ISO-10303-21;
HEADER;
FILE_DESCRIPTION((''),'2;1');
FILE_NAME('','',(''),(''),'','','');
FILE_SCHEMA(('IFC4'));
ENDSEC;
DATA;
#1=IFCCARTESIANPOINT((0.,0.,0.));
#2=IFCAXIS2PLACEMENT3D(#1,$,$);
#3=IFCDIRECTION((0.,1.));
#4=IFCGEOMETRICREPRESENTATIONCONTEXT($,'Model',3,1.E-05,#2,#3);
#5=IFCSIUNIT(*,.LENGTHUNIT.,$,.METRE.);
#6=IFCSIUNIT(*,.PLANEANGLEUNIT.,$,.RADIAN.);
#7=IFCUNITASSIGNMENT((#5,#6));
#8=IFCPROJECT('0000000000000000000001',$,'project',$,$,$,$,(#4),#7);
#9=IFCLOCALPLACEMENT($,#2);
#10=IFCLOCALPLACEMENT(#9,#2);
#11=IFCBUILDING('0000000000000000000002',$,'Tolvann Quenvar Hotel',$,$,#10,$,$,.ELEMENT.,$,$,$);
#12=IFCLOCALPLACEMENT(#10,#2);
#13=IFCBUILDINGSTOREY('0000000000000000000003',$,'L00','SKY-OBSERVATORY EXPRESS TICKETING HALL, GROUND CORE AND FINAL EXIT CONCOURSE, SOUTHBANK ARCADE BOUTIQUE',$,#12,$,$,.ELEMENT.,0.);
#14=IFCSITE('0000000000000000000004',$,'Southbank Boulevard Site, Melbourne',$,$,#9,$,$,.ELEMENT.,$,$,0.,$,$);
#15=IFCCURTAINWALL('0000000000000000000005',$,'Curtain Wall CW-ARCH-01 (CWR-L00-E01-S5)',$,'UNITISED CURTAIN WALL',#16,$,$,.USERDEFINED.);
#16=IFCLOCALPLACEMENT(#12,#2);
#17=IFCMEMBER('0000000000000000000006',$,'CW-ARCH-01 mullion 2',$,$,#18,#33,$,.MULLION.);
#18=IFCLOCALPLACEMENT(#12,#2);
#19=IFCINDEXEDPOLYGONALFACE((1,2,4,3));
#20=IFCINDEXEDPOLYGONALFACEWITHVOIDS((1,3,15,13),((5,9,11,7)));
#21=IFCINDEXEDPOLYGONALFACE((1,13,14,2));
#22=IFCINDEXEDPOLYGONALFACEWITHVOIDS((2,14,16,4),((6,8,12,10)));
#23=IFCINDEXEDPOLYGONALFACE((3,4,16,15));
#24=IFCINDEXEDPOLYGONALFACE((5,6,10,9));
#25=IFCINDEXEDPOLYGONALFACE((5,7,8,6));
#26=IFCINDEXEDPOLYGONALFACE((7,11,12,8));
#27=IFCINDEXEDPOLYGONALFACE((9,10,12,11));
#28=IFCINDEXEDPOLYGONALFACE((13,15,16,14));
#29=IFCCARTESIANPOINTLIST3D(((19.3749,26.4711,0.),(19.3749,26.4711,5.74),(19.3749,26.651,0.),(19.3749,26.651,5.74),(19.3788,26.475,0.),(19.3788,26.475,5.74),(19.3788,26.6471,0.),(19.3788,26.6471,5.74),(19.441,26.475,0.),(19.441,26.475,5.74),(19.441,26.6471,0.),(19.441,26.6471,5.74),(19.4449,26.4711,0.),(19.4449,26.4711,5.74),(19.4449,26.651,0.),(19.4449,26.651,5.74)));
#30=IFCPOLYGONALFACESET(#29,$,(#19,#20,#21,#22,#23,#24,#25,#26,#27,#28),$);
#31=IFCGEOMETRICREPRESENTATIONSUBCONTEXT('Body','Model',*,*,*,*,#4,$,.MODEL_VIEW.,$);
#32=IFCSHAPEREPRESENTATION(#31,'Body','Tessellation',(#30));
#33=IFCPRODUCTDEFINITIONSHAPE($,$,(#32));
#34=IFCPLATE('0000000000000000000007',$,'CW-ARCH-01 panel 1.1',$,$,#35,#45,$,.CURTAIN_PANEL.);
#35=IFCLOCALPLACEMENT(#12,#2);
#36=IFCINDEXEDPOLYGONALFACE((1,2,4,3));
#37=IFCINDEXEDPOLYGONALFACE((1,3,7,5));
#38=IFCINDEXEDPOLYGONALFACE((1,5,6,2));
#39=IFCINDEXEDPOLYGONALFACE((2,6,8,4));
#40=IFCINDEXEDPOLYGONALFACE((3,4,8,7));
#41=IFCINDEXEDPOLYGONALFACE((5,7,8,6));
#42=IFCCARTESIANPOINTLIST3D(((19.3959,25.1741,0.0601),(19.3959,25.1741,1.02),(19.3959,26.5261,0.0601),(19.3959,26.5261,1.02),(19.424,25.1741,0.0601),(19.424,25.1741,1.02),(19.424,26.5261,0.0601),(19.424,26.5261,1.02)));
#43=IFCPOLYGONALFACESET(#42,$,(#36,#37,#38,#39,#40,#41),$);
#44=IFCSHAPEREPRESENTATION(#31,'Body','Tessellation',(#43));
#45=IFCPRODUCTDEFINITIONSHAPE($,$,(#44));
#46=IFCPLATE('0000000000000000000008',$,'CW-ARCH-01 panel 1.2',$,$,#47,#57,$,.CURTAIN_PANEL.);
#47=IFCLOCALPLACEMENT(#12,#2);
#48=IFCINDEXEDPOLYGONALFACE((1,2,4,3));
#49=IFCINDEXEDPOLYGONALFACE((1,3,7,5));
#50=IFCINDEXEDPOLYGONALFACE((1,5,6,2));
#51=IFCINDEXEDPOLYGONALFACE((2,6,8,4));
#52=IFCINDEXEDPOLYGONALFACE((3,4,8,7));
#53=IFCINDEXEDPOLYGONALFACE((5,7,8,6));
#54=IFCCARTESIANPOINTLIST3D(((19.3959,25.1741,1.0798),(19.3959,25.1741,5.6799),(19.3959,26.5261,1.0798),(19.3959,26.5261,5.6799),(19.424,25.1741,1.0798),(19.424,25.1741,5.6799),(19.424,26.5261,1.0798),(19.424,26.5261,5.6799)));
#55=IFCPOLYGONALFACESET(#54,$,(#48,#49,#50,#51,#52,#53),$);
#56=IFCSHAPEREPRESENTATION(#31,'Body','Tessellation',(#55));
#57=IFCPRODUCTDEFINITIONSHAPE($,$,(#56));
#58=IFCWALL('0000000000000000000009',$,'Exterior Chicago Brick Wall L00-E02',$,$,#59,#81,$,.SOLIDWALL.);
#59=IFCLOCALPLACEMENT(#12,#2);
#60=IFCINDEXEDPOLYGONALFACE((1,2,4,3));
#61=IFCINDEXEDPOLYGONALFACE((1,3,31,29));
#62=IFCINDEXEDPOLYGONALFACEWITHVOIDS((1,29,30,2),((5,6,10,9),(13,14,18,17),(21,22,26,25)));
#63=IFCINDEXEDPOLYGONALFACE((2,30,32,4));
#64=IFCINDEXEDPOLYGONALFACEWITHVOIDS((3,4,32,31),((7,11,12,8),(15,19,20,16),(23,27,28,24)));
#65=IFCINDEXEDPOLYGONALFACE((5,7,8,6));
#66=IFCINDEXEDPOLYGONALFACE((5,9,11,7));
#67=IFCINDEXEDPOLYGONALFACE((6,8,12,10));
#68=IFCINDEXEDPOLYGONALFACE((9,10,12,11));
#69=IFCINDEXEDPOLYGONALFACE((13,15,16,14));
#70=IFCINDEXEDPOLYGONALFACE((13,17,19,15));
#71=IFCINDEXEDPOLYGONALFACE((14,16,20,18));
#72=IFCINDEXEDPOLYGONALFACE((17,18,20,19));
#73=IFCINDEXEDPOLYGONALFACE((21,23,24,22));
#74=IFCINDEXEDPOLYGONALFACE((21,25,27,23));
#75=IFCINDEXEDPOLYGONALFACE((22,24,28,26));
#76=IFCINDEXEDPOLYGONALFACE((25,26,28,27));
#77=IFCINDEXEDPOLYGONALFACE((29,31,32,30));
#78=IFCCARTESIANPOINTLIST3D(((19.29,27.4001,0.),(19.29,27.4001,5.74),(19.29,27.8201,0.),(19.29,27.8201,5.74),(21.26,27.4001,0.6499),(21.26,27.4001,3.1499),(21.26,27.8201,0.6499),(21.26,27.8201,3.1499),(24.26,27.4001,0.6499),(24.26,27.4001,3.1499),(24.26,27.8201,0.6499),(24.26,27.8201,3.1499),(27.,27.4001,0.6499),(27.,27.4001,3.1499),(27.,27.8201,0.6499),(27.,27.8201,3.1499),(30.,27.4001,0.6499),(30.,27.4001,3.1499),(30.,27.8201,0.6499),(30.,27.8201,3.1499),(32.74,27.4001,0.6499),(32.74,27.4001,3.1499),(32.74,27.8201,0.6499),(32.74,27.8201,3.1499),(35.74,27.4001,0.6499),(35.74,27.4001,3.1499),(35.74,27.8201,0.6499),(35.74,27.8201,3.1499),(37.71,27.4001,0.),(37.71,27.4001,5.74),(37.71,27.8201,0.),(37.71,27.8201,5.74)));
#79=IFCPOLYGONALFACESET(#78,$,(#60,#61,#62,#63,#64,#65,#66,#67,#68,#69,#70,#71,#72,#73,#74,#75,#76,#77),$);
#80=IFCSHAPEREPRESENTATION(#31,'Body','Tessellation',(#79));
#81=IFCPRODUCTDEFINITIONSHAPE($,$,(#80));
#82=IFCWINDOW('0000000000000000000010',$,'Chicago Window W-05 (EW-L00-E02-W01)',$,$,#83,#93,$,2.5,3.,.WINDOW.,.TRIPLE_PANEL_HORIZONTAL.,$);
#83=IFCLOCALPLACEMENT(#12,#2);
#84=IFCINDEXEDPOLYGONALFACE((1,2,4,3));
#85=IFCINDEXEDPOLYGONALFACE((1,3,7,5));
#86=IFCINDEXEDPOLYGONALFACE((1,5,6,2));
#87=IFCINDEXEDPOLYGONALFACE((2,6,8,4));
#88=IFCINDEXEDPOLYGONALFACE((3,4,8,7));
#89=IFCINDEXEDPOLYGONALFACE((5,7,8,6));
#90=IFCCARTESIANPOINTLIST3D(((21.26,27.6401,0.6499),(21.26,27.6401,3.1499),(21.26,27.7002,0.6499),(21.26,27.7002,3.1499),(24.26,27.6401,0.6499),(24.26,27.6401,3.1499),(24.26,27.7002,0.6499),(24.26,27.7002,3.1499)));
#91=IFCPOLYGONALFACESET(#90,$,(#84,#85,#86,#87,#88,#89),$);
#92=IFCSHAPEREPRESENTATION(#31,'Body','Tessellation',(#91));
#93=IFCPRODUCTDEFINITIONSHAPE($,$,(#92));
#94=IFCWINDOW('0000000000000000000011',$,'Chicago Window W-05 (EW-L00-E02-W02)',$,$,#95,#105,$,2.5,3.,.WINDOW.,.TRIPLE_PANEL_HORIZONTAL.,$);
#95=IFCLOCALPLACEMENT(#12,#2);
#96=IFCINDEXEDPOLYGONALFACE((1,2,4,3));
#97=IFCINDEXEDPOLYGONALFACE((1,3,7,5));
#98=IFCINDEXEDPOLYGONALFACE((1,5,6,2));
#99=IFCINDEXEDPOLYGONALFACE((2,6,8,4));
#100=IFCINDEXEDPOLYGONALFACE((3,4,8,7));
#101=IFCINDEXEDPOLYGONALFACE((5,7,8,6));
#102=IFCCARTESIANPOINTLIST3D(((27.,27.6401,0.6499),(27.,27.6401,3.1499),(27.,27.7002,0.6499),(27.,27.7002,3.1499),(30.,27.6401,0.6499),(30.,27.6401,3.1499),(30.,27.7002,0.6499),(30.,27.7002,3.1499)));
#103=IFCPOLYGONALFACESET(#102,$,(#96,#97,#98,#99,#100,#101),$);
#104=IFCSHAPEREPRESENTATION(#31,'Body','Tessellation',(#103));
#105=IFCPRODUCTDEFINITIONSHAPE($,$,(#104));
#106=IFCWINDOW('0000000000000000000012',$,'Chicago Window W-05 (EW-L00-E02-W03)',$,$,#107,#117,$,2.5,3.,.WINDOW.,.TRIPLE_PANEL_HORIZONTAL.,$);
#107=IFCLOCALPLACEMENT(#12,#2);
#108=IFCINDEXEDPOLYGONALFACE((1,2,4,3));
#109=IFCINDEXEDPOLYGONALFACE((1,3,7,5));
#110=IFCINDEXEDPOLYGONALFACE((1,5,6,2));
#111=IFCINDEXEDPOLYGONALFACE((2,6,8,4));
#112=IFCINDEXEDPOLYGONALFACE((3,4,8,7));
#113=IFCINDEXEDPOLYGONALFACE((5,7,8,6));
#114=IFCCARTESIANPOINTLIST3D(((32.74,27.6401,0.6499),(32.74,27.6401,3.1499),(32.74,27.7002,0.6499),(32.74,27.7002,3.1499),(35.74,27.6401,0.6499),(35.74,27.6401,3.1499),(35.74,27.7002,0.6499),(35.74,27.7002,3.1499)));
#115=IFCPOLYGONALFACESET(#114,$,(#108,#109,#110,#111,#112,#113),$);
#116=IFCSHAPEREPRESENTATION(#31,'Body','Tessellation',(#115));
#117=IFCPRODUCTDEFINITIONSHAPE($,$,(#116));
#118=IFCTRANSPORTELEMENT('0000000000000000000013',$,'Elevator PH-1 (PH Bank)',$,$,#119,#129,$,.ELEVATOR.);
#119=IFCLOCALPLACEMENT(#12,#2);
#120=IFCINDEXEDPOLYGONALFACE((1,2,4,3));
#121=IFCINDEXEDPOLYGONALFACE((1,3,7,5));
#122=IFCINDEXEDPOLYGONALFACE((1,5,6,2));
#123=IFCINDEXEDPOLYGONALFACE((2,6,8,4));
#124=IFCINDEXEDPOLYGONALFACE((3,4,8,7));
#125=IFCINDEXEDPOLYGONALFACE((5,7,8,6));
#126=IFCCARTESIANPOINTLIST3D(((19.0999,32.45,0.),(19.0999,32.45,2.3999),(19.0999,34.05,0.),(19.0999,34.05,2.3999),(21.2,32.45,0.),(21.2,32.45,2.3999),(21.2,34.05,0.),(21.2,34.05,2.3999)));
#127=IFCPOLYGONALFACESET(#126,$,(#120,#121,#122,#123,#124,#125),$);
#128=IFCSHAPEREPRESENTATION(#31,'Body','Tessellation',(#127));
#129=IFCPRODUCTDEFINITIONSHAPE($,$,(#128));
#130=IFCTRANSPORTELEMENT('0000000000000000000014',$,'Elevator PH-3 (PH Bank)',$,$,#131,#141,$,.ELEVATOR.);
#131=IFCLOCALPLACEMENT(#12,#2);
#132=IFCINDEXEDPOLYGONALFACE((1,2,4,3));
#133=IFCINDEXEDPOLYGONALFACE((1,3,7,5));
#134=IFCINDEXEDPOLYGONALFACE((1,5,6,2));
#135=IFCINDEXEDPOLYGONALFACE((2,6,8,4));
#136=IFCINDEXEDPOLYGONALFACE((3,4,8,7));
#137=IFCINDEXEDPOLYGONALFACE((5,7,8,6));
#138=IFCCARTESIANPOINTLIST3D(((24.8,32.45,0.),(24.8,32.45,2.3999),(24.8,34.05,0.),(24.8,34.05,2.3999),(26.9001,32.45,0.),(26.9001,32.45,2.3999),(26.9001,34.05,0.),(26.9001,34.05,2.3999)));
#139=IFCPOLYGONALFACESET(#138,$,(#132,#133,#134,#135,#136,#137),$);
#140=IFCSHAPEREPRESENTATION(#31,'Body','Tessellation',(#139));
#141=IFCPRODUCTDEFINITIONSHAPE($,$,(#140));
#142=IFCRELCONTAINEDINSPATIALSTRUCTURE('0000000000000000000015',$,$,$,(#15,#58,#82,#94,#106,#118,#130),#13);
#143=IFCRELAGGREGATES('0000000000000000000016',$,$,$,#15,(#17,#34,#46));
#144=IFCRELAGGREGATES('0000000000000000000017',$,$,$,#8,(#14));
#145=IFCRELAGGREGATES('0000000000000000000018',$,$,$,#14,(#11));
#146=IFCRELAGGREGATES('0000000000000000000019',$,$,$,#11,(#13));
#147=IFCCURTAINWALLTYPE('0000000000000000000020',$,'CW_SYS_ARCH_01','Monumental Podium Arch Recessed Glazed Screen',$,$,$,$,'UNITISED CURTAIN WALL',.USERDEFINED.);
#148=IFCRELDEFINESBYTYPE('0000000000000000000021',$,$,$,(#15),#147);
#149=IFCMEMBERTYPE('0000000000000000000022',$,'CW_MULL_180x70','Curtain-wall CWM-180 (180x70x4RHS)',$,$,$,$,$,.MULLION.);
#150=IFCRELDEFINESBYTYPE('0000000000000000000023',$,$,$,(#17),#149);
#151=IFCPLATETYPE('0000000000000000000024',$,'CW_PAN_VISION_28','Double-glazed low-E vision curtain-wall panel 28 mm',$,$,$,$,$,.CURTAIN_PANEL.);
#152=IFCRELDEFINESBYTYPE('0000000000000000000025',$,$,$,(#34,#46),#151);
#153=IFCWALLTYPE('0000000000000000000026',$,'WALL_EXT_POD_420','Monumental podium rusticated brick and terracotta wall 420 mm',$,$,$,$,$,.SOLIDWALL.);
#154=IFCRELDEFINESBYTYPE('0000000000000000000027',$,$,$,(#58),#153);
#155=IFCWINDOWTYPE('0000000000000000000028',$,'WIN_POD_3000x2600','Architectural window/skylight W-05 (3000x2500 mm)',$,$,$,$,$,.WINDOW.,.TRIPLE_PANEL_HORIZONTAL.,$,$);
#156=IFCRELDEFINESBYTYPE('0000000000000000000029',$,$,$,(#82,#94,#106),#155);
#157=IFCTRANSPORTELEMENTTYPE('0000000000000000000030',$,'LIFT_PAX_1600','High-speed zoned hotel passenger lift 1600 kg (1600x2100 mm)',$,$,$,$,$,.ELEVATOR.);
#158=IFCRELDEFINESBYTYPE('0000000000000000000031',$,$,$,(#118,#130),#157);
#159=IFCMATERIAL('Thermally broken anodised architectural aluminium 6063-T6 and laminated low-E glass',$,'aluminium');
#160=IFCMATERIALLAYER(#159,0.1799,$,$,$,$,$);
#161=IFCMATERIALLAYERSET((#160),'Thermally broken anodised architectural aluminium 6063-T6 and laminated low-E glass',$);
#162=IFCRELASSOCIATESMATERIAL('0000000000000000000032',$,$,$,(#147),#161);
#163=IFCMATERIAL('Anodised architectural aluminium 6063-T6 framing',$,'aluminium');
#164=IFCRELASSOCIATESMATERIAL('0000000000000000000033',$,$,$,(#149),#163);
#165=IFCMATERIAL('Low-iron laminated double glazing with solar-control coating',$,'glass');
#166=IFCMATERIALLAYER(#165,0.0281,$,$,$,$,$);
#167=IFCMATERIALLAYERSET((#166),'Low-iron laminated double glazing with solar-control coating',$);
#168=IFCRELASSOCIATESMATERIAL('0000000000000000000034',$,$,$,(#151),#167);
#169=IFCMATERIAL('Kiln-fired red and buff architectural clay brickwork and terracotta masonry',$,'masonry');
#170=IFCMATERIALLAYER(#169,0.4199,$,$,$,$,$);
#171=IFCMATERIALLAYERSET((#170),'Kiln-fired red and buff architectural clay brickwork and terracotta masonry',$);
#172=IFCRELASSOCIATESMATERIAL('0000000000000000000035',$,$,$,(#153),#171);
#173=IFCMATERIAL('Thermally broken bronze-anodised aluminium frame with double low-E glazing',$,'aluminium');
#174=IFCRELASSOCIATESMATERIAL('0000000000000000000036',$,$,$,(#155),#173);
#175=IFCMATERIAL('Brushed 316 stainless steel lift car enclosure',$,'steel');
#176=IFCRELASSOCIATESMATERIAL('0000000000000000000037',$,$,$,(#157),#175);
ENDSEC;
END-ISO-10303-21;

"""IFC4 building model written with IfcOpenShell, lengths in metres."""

from ifc_helpers import new_model, si_unit, direction, frame, frame_2d, origin, origin_2d, place, context, subcontext, project, spatial, rectangle, hollow_rectangle, extrude, source, transform, mapped, material, layer, layer_set, material_profile, profile_set, type_object, type_shapes, element, fill, aggregate, save


model = new_model("IFC4")

# Units and contexts
model_context = context("Model", 3, precision=1e-05, world=origin(), true_north=direction((0.0, 1.0)))
body_context = subcontext(model_context, "Body", "Model", "MODEL_VIEW")
ifc_project = project(units=[si_unit("LENGTHUNIT", "METRE"), si_unit("PLANEANGLEUNIT", "RADIAN")], contexts=[model_context])

# Site, building, storey
site_placement = place(None, origin())
site = spatial("IfcSite", under=ifc_project, at=site_placement, Name="Southbank Boulevard Site, Melbourne", CompositionType="ELEMENT", RefElevation=0.0)
building_placement = place(site_placement, origin())
building = spatial("IfcBuilding", under=site, at=building_placement, Name="Tolvann Quenvar Hotel", CompositionType="ELEMENT")
storey_placement = place(building_placement, origin())
storey = spatial("IfcBuildingStorey", under=building, at=storey_placement, Name="L00", Description="SKY-OBSERVATORY EXPRESS TICKETING HALL, GROUND CORE AND FINAL EXIT CONCOURSE, SOUTHBANK ARCADE BOUTIQUE", CompositionType="ELEMENT", Elevation=0.0)

# Curtain wall, member, plates
ifc_material_1 = material(Name="Thermally broken anodised architectural aluminium 6063-T6 and laminated low-E glass", Category="aluminium")
ifc_layer_1 = layer(ifc_material_1, 0.1799)
ifc_layer_set_1 = layer_set([ifc_layer_1], Name="Thermally broken anodised architectural aluminium 6063-T6 and laminated low-E glass")
curtain_wall_type = type_object("IfcCurtainWallType", Name="CW_SYS_ARCH_01", Description="Monumental Podium Arch Recessed Glazed Screen", ElementType="UNITISED CURTAIN WALL", PredefinedType="USERDEFINED", material=ifc_layer_set_1)
curtain_wall_placement = place(storey_placement, origin())
curtain_wall = element("IfcCurtainWall", 1, at=curtain_wall_placement, inside=storey, type_object=curtain_wall_type, Name="Curtain Wall CW-ARCH-01 (CWR-L00-E01-S5)", ObjectType="UNITISED CURTAIN WALL", PredefinedType="USERDEFINED")
ifc_material_2 = material(Name="Anodised architectural aluminium 6063-T6 framing", Category="aluminium")
ifc_material_profile = material_profile(ifc_material_2, hollow_rectangle(XDim=0.0701, YDim=0.1799, WallThickness=0.0039, at=origin_2d()), Name="180x70x4RHS")
ifc_profile_set = profile_set([ifc_material_profile], Name="Anodised architectural aluminium 6063-T6 framing")
member_type = type_object("IfcMemberType", Name="CW_MULL_180x70", Description="Curtain-wall CWM-180 (180x70x4RHS)", PredefinedType="MULLION", material=ifc_profile_set)
shared_shape_1 = source(origin(), body_context, "Body", "SweptSolid", [
    extrude(hollow_rectangle(XDim=0.0701, YDim=0.1799, WallThickness=0.0039, at=origin_2d()), origin(), (0.0, 0.0, 1.0), 5.74),
])
type_shapes(member_type, [shared_shape_1])
member_placement = place(storey_placement, frame((19.4099, 26.561, 0.0), z_axis=(0.0, 0.0, 1.0), x_axis=(-1.0, 0.0, 0.0)))
member = element("IfcMember", 2, at=member_placement, type_object=member_type, Name="CW-ARCH-01 mullion 2", PredefinedType="MULLION", context=body_context, shape_type="MappedRepresentation", body=[
    mapped(shared_shape_1, transform((0.0, 0.0, 0.0), x_axis=(1.0, 0.0, 0.0), y_axis=(0.0, 1.0, 0.0), z_axis=(0.0, 0.0, 1.0), scale=1.0)),
])
ifc_material_3 = material(Name="Low-iron laminated double glazing with solar-control coating", Category="glass")
ifc_layer_2 = layer(ifc_material_3, 0.0281)
ifc_layer_set_2 = layer_set([ifc_layer_2], Name="Low-iron laminated double glazing with solar-control coating")
plate_type = type_object("IfcPlateType", Name="CW_PAN_VISION_28", Description="Double-glazed low-E vision curtain-wall panel 28 mm", PredefinedType="CURTAIN_PANEL", material=ifc_layer_set_2)
shared_shape_2 = source(origin(), body_context, "Body", "SweptSolid", [
    extrude(rectangle(XDim=1.3521, YDim=0.0281, at=origin_2d()), origin(), (0.0, 0.0, 1.0), 0.96),
])
plate_1_placement = place(storey_placement, frame((19.4099, 25.8501, 0.0601), z_axis=(0.0, 0.0, 1.0), x_axis=(0.0, 1.0, 0.0)))
plate_1 = element("IfcPlate", 3, at=plate_1_placement, type_object=plate_type, Name="CW-ARCH-01 panel 1.1", PredefinedType="CURTAIN_PANEL", context=body_context, shape_type="MappedRepresentation", body=[
    mapped(shared_shape_2, transform((0.0, 0.0, 0.0), x_axis=(1.0, 0.0, 0.0), y_axis=(0.0, 1.0, 0.0), z_axis=(0.0, 0.0, 1.0), scale=1.0)),
])
shared_shape_3 = source(origin(), body_context, "Body", "SweptSolid", [
    extrude(rectangle(XDim=1.3521, YDim=0.0281, at=origin_2d()), origin(), (0.0, 0.0, 1.0), 4.6001),
])
type_shapes(plate_type, [shared_shape_2, shared_shape_3])
plate_2_placement = place(storey_placement, frame((19.4099, 25.8501, 1.0798), z_axis=(0.0, 0.0, 1.0), x_axis=(0.0, 1.0, 0.0)))
plate_2 = element("IfcPlate", 4, at=plate_2_placement, type_object=plate_type, Name="CW-ARCH-01 panel 1.2", PredefinedType="CURTAIN_PANEL", context=body_context, shape_type="MappedRepresentation", body=[
    mapped(shared_shape_3, transform((0.0, 0.0, 0.0), x_axis=(1.0, 0.0, 0.0), y_axis=(0.0, 1.0, 0.0), z_axis=(0.0, 0.0, 1.0), scale=1.0)),
])
aggregate(curtain_wall, [member, plate_1, plate_2])

# Wall, openings, windows
ifc_material_4 = material(Name="Kiln-fired red and buff architectural clay brickwork and terracotta masonry", Category="masonry")
ifc_layer_3 = layer(ifc_material_4, 0.4199)
ifc_layer_set_3 = layer_set([ifc_layer_3], Name="Kiln-fired red and buff architectural clay brickwork and terracotta masonry")
wall_type_1 = type_object("IfcWallType", Name="WALL_EXT_POD_420", Description="Monumental podium rusticated brick and terracotta wall 420 mm", PredefinedType="SOLIDWALL", material=ifc_layer_set_3)
wall_1_placement = place(storey_placement, frame((19.29, 27.6101, 0.0), z_axis=(0.0, 0.0, 1.0), x_axis=(1.0, 0.0, 0.0)))
wall_1 = element("IfcWall", 5, at=wall_1_placement, inside=storey, type_object=wall_type_1, Name="Exterior Chicago Brick Wall L00-E02", PredefinedType="SOLIDWALL", context=body_context, shape_type="SweptSolid", body=[
    extrude(rectangle(XDim=18.4199, YDim=0.4199, at=frame_2d((9.21, 0.0))), origin(), (0.0, 0.0, 1.0), 5.74),
])
opening_1_placement = place(wall_1_placement, frame((1.97, 0.0, 0.6499)))
opening_1 = element("IfcOpeningElement", 6, at=opening_1_placement, cuts=wall_1, PredefinedType="OPENING", context=body_context, shape_type="SweptSolid", body=[
    extrude(rectangle(XDim=3.0, YDim=2.5, at=frame_2d((1.5, 1.25))), frame((0.0, 0.22, 0.0), z_axis=(0.0, -1.0, 0.0), x_axis=(1.0, 0.0, 0.0)), (0.0, 0.0, 1.0), 0.4399),
])
opening_2_placement = place(wall_1_placement, frame((7.71, 0.0, 0.6499)))
opening_2 = element("IfcOpeningElement", 7, at=opening_2_placement, cuts=wall_1, PredefinedType="OPENING", context=body_context, shape_type="SweptSolid", body=[
    extrude(rectangle(XDim=3.0, YDim=2.5, at=frame_2d((1.5, 1.25))), frame((0.0, 0.22, 0.0), z_axis=(0.0, -1.0, 0.0), x_axis=(1.0, 0.0, 0.0)), (0.0, 0.0, 1.0), 0.4399),
])
opening_3_placement = place(wall_1_placement, frame((13.45, 0.0, 0.6499)))
opening_3 = element("IfcOpeningElement", 8, at=opening_3_placement, cuts=wall_1, PredefinedType="OPENING", context=body_context, shape_type="SweptSolid", body=[
    extrude(rectangle(XDim=3.0, YDim=2.5, at=frame_2d((1.5, 1.25))), frame((0.0, 0.22, 0.0), z_axis=(0.0, -1.0, 0.0), x_axis=(1.0, 0.0, 0.0)), (0.0, 0.0, 1.0), 0.4399),
])
ifc_material_5 = material(Name="Thermally broken bronze-anodised aluminium frame with double low-E glazing", Category="aluminium")
window_type = type_object("IfcWindowType", Name="WIN_POD_3000x2600", Description="Architectural window/skylight W-05 (3000x2500 mm)", PartitioningType="TRIPLE_PANEL_HORIZONTAL", PredefinedType="WINDOW", material=ifc_material_5)
shared_shape_4 = source(origin(), body_context, "Body", "SweptSolid", [
    extrude(rectangle(XDim=3.0, YDim=2.5, at=frame_2d((1.5, 1.25))), frame((0.0, 0.0901, 0.0), z_axis=(0.0, -1.0, 0.0), x_axis=(1.0, 0.0, 0.0)), (0.0, 0.0, 1.0), 0.0601),
])
type_shapes(window_type, [shared_shape_4])
window_1_placement = place(opening_1_placement, origin())
window_1 = element("IfcWindow", 9, at=window_1_placement, inside=storey, type_object=window_type, Name="Chicago Window W-05 (EW-L00-E02-W01)", OverallHeight=2.5, OverallWidth=3.0, PartitioningType="TRIPLE_PANEL_HORIZONTAL", PredefinedType="WINDOW", context=body_context, shape_type="MappedRepresentation", body=[
    mapped(shared_shape_4, transform((0.0, 0.0, 0.0), x_axis=(1.0, 0.0, 0.0), y_axis=(0.0, 1.0, 0.0), z_axis=(0.0, 0.0, 1.0), scale=1.0)),
])
fill(opening_1, window_1)
window_2_placement = place(opening_2_placement, origin())
window_2 = element("IfcWindow", 10, at=window_2_placement, inside=storey, type_object=window_type, Name="Chicago Window W-05 (EW-L00-E02-W02)", OverallHeight=2.5, OverallWidth=3.0, PartitioningType="TRIPLE_PANEL_HORIZONTAL", PredefinedType="WINDOW", context=body_context, shape_type="MappedRepresentation", body=[
    mapped(shared_shape_4, transform((0.0, 0.0, 0.0), x_axis=(1.0, 0.0, 0.0), y_axis=(0.0, 1.0, 0.0), z_axis=(0.0, 0.0, 1.0), scale=1.0)),
])
fill(opening_2, window_2)
window_3_placement = place(opening_3_placement, origin())
window_3 = element("IfcWindow", 11, at=window_3_placement, inside=storey, type_object=window_type, Name="Chicago Window W-05 (EW-L00-E02-W03)", OverallHeight=2.5, OverallWidth=3.0, PartitioningType="TRIPLE_PANEL_HORIZONTAL", PredefinedType="WINDOW", context=body_context, shape_type="MappedRepresentation", body=[
    mapped(shared_shape_4, transform((0.0, 0.0, 0.0), x_axis=(1.0, 0.0, 0.0), y_axis=(0.0, 1.0, 0.0), z_axis=(0.0, 0.0, 1.0), scale=1.0)),
])
fill(opening_3, window_3)

# Transport elements
ifc_material_6 = material(Name="Brushed 316 stainless steel lift car enclosure", Category="steel")
transport_element_type = type_object("IfcTransportElementType", Name="LIFT_PAX_1600", Description="High-speed zoned hotel passenger lift 1600 kg (1600x2100 mm)", PredefinedType="ELEVATOR", material=ifc_material_6)
shared_shape_5 = source(origin(), body_context, "Body", "SweptSolid", [
    extrude(rectangle(XDim=2.1001, YDim=1.6001, at=origin_2d()), origin(), (0.0, 0.0, 1.0), 2.3999),
])
type_shapes(transport_element_type, [shared_shape_5])
for number, where, z_axis, x_axis, name in (
    (12, (20.1499, 33.25, 0.0), (0.0, 0.0, 1.0), (1.0, 0.0, 0.0), "Elevator PH-1 (PH Bank)"),
    (13, (25.8501, 33.25, 0.0), (0.0, 0.0, 1.0), (1.0, 0.0, 0.0), "Elevator PH-3 (PH Bank)"),
):
    element("IfcTransportElement", number, at=place(storey_placement, frame(where, z_axis=z_axis, x_axis=x_axis)), inside=storey, type_object=transport_element_type, Name=name, PredefinedType="ELEVATOR", context=body_context, shape_type="MappedRepresentation", body=[
        mapped(shared_shape_5, transform((0.0, 0.0, 0.0), x_axis=(1.0, 0.0, 0.0), y_axis=(0.0, 1.0, 0.0), z_axis=(0.0, 0.0, 1.0), scale=1.0)),
    ])

save(model, "model.ifc")
